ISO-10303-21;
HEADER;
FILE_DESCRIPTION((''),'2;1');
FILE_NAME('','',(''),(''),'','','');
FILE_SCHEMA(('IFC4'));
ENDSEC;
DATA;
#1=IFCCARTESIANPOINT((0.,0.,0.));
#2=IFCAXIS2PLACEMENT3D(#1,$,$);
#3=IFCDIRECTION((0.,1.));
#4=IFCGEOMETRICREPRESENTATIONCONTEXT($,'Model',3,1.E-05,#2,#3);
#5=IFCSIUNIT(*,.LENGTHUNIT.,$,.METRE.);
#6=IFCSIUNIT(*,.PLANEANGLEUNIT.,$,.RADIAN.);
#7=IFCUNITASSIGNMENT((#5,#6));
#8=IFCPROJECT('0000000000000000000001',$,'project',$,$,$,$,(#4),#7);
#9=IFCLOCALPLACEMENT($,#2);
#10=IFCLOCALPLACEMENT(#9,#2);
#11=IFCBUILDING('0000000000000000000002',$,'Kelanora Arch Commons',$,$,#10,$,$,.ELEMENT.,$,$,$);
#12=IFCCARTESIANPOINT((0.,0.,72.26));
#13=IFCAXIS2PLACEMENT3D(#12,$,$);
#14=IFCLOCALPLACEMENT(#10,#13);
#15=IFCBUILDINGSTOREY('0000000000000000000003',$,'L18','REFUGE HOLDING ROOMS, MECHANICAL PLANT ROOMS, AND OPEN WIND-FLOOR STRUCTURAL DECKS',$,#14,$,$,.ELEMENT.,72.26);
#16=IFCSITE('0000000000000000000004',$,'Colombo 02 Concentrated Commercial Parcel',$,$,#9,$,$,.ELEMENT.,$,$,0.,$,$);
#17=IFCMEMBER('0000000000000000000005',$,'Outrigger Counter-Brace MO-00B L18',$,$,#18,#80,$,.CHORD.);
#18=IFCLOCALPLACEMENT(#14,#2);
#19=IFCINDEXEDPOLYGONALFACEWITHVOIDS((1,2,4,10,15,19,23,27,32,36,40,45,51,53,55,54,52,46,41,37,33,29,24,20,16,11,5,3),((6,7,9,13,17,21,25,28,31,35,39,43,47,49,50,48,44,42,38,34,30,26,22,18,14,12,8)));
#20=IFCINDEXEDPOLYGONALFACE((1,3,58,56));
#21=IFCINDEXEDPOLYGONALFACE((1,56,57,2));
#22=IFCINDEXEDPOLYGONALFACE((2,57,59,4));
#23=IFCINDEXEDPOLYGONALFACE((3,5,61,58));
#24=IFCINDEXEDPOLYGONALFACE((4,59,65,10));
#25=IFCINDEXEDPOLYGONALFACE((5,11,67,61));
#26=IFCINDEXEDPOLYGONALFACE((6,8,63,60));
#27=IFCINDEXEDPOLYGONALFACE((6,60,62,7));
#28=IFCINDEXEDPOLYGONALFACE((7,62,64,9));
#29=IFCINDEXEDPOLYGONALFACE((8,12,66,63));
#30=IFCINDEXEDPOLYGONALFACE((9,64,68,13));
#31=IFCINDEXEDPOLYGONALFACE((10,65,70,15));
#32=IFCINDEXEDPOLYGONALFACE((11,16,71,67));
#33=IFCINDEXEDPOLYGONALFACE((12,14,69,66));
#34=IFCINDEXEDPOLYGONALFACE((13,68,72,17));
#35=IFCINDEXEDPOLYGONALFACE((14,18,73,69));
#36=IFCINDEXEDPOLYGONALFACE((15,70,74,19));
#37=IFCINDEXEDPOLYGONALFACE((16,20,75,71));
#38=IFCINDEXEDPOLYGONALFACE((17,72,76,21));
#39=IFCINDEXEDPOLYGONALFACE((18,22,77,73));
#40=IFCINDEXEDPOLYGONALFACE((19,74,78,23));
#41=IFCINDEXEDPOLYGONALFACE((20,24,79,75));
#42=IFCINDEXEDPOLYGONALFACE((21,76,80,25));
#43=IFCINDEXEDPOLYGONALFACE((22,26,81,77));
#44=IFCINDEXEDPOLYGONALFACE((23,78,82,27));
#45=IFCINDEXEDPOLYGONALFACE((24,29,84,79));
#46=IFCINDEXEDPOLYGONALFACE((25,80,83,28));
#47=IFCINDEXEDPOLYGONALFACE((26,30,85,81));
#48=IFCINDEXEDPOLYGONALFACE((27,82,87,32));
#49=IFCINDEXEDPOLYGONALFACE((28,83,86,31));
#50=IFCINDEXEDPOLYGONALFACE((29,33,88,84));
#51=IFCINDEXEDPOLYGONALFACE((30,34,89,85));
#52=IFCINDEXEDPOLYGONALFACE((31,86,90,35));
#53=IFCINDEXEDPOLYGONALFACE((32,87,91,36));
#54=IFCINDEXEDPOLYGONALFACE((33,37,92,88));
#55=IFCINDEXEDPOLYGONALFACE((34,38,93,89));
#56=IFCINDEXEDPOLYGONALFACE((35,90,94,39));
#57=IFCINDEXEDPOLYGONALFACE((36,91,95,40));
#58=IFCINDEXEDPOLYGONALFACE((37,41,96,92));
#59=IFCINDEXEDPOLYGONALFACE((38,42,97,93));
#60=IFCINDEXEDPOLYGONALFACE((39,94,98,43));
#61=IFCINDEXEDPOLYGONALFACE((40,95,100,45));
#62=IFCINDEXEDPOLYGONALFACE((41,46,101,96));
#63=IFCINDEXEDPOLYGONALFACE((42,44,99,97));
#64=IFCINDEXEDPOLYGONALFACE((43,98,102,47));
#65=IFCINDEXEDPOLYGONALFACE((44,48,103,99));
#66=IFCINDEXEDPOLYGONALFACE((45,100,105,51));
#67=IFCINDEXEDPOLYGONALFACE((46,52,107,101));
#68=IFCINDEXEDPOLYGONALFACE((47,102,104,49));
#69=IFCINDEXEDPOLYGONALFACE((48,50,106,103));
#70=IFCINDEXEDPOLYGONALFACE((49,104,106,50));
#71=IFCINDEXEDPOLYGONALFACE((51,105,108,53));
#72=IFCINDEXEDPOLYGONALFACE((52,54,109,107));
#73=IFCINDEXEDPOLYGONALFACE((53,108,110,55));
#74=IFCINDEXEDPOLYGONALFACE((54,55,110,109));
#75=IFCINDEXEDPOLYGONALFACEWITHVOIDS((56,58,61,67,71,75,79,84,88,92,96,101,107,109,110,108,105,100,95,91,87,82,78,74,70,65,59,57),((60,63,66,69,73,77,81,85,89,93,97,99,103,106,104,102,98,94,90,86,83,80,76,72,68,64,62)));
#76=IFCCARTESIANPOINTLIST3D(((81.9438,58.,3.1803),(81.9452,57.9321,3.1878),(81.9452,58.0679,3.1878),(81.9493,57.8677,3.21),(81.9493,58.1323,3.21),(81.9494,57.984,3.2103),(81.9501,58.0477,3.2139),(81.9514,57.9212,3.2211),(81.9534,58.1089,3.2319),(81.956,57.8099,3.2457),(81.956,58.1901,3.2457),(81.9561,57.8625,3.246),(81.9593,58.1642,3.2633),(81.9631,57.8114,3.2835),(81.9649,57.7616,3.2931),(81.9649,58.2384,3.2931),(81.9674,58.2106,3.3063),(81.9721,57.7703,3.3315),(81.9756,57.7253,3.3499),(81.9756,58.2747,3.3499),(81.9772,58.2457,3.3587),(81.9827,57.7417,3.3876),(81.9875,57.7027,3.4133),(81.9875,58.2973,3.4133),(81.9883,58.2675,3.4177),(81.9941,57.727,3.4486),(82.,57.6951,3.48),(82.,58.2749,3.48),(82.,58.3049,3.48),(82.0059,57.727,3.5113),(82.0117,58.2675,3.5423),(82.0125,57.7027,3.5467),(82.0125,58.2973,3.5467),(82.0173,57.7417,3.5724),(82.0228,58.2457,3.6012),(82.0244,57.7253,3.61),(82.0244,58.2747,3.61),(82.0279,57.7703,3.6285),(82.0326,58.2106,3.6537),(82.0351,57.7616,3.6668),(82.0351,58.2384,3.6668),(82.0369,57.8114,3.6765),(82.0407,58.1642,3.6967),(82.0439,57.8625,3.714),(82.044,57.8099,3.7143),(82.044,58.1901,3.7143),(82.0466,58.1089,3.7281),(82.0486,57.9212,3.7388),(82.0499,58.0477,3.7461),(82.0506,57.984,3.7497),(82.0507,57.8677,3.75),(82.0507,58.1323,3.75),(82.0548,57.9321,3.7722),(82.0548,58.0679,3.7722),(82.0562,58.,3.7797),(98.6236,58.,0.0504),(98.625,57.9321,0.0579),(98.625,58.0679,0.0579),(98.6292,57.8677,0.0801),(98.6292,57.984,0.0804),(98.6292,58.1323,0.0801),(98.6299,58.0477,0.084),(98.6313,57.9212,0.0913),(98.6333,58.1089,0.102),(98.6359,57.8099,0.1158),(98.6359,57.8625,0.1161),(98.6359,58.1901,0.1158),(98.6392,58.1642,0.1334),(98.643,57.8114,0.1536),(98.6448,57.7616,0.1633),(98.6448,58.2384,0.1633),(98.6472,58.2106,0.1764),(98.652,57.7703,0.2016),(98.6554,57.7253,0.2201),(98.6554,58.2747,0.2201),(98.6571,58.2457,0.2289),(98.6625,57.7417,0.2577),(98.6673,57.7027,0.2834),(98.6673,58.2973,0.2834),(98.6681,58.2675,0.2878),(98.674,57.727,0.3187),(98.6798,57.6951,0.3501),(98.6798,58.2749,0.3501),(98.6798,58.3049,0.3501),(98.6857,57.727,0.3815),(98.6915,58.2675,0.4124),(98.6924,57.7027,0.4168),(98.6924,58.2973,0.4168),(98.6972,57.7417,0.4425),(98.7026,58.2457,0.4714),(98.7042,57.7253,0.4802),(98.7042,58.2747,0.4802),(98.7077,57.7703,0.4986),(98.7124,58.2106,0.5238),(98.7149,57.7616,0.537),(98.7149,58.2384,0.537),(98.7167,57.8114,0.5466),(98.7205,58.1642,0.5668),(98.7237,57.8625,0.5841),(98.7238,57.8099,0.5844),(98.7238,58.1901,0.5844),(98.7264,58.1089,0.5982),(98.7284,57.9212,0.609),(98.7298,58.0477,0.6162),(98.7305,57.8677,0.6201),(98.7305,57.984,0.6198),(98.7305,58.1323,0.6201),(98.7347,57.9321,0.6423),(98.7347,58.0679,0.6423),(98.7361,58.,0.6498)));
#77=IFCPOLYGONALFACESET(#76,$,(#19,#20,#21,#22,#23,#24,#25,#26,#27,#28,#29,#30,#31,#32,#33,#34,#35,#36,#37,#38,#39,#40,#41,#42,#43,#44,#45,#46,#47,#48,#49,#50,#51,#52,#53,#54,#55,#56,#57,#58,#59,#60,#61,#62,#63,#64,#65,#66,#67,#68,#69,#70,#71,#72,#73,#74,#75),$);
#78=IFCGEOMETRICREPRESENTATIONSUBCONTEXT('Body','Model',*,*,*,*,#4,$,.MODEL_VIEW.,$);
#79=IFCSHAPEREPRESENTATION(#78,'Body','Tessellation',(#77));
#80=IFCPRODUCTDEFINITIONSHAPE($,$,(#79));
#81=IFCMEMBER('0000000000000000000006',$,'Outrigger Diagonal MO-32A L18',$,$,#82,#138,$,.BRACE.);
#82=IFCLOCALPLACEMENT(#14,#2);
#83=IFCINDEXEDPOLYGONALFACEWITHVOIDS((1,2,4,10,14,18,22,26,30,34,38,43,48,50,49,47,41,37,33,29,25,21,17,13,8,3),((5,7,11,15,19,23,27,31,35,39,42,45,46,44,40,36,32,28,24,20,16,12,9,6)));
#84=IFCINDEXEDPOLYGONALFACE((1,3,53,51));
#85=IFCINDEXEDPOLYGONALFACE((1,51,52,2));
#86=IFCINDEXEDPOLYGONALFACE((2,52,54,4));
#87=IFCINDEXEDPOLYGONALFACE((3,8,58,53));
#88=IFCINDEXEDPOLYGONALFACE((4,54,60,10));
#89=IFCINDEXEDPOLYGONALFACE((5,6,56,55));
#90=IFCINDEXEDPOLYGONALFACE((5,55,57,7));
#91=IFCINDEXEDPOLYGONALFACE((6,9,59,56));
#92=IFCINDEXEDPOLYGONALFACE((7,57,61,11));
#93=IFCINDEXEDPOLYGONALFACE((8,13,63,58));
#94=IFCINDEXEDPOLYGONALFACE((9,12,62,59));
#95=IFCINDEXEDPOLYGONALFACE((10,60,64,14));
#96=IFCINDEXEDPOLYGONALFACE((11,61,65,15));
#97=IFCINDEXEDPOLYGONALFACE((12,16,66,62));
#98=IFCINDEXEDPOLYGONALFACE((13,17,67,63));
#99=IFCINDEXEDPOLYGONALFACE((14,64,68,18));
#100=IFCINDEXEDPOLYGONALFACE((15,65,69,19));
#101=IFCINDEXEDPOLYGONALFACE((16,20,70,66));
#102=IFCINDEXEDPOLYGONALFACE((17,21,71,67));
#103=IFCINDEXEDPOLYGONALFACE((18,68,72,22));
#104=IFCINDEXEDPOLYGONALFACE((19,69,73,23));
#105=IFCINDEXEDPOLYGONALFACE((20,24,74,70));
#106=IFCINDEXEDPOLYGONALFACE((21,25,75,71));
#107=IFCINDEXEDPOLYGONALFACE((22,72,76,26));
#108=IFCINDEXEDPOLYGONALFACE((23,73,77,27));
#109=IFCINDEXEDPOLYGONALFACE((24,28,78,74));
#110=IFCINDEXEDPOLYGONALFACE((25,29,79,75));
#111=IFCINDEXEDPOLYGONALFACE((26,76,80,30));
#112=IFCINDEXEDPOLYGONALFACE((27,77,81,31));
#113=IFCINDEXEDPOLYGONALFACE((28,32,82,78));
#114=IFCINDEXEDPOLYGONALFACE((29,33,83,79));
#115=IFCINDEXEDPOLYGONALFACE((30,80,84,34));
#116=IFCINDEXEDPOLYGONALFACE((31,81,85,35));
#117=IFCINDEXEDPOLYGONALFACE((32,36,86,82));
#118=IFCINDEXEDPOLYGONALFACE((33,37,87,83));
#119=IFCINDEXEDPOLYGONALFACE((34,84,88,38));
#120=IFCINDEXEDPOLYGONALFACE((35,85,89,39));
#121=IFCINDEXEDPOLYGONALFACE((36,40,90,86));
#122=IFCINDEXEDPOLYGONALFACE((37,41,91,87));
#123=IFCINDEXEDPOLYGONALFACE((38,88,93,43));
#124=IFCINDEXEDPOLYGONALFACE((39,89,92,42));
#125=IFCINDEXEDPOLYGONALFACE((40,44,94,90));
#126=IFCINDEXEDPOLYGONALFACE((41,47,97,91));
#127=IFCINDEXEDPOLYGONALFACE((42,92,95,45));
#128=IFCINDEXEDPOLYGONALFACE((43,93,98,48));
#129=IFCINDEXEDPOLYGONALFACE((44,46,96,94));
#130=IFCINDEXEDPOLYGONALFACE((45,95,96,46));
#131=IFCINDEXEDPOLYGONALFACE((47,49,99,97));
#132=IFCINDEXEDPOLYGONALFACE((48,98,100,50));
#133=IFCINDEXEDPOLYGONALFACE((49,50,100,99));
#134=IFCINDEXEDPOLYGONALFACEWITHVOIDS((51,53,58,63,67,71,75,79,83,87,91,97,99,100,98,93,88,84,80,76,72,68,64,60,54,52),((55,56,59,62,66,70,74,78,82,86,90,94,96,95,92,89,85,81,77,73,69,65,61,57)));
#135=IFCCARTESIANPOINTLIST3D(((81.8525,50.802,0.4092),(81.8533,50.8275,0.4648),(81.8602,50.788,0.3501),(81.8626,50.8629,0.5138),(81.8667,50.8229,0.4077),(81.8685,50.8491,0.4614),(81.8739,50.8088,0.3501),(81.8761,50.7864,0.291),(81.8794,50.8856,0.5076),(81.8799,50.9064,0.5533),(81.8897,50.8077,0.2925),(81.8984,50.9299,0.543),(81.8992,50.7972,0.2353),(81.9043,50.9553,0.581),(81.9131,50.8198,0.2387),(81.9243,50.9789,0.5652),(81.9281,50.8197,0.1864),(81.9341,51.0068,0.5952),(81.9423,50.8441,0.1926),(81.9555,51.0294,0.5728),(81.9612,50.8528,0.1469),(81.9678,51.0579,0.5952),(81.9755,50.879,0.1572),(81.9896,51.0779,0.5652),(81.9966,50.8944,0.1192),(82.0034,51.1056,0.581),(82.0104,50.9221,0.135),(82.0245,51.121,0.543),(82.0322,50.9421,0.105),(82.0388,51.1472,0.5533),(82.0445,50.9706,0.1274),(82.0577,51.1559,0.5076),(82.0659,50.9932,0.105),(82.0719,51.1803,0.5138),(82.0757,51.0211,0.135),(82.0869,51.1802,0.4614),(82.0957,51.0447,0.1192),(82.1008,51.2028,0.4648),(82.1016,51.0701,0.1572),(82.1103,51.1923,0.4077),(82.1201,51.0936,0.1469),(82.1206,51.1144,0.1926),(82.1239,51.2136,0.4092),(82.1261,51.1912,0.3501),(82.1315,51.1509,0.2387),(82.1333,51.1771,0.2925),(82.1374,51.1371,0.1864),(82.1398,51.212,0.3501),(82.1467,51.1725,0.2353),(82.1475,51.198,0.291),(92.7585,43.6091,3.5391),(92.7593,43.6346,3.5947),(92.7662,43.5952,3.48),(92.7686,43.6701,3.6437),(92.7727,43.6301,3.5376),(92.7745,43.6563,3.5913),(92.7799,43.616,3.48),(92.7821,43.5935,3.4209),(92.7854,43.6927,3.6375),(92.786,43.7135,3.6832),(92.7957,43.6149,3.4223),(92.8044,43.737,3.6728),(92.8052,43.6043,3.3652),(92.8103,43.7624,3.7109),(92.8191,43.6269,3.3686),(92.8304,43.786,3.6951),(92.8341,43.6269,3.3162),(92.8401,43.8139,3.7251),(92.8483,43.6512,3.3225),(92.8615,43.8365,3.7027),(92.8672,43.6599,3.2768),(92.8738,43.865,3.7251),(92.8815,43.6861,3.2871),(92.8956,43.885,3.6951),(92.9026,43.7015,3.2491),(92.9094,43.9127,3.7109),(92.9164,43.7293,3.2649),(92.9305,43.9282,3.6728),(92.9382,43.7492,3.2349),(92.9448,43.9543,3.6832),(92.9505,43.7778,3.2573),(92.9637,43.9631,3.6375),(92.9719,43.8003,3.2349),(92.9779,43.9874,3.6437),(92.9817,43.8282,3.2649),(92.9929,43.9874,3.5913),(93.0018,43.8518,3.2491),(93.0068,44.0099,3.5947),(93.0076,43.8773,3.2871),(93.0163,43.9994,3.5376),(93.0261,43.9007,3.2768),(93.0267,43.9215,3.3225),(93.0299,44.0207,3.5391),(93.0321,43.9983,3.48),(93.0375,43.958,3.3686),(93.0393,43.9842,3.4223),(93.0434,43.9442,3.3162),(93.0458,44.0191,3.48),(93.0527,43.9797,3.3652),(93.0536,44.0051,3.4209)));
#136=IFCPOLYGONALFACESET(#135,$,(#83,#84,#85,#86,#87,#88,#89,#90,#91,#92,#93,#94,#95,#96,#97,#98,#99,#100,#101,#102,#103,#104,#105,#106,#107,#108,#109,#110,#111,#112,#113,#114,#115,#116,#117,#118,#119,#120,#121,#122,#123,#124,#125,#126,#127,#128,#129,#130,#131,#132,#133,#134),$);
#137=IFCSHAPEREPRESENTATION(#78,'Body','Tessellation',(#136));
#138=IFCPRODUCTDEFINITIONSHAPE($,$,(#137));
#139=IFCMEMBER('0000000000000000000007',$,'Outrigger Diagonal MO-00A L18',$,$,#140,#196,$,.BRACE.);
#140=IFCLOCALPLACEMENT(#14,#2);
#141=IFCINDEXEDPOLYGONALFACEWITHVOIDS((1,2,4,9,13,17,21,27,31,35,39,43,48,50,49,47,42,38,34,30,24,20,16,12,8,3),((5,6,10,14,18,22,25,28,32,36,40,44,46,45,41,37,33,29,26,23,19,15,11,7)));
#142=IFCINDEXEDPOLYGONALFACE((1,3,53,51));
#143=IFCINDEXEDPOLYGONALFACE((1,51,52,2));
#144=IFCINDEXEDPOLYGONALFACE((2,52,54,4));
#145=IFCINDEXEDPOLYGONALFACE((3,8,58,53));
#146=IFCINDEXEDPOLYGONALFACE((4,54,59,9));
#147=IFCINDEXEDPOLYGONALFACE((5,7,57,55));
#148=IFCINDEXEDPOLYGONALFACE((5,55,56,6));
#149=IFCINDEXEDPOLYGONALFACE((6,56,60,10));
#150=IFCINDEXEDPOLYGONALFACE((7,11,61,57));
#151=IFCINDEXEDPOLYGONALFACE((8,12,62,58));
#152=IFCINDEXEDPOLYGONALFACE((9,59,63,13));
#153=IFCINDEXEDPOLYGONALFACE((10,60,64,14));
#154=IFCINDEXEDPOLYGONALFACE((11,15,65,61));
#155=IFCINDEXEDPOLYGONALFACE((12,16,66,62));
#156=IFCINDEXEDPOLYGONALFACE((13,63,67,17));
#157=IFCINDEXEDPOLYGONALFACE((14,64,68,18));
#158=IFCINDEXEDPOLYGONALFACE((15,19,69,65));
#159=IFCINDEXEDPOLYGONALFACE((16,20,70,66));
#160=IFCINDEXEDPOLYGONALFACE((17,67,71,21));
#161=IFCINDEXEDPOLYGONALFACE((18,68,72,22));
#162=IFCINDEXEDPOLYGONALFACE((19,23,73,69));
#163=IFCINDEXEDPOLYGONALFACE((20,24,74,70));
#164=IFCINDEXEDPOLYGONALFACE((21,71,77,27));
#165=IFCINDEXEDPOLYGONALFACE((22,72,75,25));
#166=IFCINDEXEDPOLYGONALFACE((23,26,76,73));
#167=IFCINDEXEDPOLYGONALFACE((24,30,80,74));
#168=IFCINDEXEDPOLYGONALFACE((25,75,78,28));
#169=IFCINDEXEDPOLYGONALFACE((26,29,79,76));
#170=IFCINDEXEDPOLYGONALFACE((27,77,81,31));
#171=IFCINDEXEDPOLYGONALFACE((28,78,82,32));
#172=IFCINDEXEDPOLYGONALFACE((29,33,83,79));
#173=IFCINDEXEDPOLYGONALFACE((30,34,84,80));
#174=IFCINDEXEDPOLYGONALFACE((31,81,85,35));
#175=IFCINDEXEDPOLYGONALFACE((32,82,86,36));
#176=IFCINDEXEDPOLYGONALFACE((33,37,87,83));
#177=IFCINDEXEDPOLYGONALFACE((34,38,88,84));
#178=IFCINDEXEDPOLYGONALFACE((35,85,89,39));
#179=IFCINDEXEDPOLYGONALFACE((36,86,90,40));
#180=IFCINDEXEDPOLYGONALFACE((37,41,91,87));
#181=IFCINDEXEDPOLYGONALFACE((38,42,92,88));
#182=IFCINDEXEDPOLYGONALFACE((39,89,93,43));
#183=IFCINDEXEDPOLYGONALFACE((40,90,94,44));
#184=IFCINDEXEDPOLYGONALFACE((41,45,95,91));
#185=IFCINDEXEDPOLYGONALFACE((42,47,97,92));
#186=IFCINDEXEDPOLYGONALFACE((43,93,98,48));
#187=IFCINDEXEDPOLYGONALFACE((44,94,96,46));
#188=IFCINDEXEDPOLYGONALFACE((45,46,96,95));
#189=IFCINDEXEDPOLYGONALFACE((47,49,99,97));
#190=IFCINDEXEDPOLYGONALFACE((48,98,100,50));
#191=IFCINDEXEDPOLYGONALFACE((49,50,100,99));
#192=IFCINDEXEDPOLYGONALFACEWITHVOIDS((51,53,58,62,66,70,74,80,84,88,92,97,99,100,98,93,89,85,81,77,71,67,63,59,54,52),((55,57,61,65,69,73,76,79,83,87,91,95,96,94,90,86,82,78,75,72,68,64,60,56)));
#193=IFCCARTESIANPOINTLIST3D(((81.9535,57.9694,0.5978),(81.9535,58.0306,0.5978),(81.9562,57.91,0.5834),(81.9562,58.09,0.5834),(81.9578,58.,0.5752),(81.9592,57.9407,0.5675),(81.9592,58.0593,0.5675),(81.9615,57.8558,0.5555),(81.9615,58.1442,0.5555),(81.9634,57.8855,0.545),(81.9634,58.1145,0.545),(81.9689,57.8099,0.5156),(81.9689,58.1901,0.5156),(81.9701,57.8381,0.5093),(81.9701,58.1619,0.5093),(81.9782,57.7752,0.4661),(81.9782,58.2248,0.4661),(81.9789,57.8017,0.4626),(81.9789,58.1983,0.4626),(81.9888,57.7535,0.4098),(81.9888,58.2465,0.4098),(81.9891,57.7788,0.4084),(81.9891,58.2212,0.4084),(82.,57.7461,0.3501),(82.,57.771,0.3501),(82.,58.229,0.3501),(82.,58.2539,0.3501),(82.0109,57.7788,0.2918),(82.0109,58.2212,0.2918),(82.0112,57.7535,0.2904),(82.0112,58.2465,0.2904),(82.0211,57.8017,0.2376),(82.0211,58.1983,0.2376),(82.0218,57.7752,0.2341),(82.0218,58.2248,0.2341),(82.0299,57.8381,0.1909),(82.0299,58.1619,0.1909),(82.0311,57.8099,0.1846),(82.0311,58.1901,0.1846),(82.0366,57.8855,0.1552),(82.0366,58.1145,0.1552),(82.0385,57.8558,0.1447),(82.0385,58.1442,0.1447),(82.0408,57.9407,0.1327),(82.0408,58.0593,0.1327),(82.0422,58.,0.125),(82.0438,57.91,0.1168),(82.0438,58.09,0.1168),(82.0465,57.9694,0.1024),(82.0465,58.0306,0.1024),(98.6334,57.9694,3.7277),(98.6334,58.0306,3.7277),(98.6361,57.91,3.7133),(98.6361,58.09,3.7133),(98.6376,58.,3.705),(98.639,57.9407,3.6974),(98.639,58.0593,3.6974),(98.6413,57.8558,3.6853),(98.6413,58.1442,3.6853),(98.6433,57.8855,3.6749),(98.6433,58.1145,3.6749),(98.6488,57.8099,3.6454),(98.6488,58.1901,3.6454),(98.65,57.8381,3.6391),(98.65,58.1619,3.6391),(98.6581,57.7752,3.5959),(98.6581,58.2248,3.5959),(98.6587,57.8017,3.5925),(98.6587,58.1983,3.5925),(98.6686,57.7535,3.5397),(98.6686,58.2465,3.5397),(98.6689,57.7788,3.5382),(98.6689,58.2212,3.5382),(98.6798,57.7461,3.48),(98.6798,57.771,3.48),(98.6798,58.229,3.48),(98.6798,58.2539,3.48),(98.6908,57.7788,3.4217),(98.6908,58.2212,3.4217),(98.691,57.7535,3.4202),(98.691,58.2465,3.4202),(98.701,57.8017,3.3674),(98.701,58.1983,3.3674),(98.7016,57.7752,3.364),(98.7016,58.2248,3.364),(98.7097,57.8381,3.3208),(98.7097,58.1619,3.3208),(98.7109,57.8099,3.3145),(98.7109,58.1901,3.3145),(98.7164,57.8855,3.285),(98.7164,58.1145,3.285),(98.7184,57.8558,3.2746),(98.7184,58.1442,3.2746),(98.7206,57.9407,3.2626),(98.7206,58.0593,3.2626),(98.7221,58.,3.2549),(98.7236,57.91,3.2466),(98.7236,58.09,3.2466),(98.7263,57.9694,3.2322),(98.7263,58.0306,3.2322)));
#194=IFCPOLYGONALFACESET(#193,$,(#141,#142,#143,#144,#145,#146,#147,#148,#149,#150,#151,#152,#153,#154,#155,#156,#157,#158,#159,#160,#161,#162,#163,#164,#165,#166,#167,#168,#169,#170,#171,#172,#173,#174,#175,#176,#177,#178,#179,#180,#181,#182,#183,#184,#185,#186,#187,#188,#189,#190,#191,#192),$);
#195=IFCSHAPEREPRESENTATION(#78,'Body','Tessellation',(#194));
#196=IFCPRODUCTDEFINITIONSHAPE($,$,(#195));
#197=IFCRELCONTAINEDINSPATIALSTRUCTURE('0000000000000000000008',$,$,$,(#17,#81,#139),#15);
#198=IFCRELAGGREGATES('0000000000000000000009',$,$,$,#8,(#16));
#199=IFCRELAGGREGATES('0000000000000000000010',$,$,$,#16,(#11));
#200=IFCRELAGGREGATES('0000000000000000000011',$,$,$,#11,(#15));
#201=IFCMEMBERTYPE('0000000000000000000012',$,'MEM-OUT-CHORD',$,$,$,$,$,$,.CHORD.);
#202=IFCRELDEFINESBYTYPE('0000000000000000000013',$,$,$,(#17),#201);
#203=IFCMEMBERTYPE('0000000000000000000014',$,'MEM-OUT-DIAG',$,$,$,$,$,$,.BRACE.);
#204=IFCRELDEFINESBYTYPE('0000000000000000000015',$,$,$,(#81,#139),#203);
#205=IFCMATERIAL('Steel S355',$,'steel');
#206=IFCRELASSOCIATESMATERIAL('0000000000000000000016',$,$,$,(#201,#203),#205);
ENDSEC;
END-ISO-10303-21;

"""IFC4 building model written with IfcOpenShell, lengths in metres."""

from ifc_helpers import new_model, si_unit, direction, frame, origin, origin_2d, place, context, subcontext, project, spatial, hollow_circle, extrude, material, material_profile, profile_set, type_object, element, save


model = new_model("IFC4")

# Units and contexts
model_context = context("Model", 3, precision=1e-05, world=origin(), true_north=direction((0.0, 1.0)))
body_context = subcontext(model_context, "Body", "Model", "MODEL_VIEW")
ifc_project = project(units=[si_unit("LENGTHUNIT", "METRE"), si_unit("PLANEANGLEUNIT", "RADIAN")], contexts=[model_context])

# Site, building, storey
site_placement = place(None, origin())
site = spatial("IfcSite", under=ifc_project, at=site_placement, Name="Colombo 02 Concentrated Commercial Parcel", CompositionType="ELEMENT", RefElevation=0.0)
building_placement = place(site_placement, origin())
building = spatial("IfcBuilding", under=site, at=building_placement, Name="Kelanora Arch Commons", CompositionType="ELEMENT")
storey_placement = place(building_placement, frame((0.0, 0.0, 72.26)))
storey = spatial("IfcBuildingStorey", under=building, at=storey_placement, Name="L18", Description="REFUGE HOLDING ROOMS, MECHANICAL PLANT ROOMS, AND OPEN WIND-FLOOR STRUCTURAL DECKS", CompositionType="ELEMENT", Elevation=72.26)

# Shared definitions
ifc_material_1 = material(Name="Steel S355", Category="steel")

# Members
ifc_material_profile_1 = material_profile(ifc_material_1, hollow_circle(Radius=0.3049, WallThickness=0.03, at=origin_2d()), Name="CHS610x30")
ifc_profile_set_1 = profile_set([ifc_material_profile_1], Name="Steel S355")
member_type_1 = type_object("IfcMemberType", Name="MEM-OUT-CHORD", PredefinedType="CHORD", material=ifc_profile_set_1)
member_1_placement = place(storey_placement, frame((82.0, 58.0, 3.48), z_axis=(0.982847, 0.0, -0.184425), x_axis=(0.0, 1.0, 0.0)))
element("IfcMember", 1, at=member_1_placement, inside=storey, type_object=member_type_1, Name="Outrigger Counter-Brace MO-00B L18", PredefinedType="CHORD", context=body_context, shape_type="SweptSolid", body=[
    extrude(hollow_circle(Radius=0.3049, WallThickness=0.03, at=origin_2d()), origin(), (0.0, 0.0, 1.0), 16.9709),
])
ifc_material_profile_2 = material_profile(ifc_material_1, hollow_circle(Radius=0.2539, WallThickness=0.0249, at=origin_2d()), Name="CHS508x25")
ifc_profile_set_2 = profile_set([ifc_material_profile_2], Name="Steel S355")
member_type_2 = type_object("IfcMemberType", Name="MEM-OUT-DIAG", PredefinedType="BRACE", material=ifc_profile_set_2)
member_2_placement = place(storey_placement, frame((82.0, 51.0, 0.3501), z_axis=(0.811816, -0.53542, 0.232981), x_axis=(0.550571, 0.834789, 0.0)))
element("IfcMember", 2, at=member_2_placement, inside=storey, type_object=member_type_2, Name="Outrigger Diagonal MO-32A L18", PredefinedType="BRACE", context=body_context, shape_type="SweptSolid", body=[
    extrude(hollow_circle(Radius=0.2539, WallThickness=0.0249, at=origin_2d()), origin(), (0.0, 0.0, 1.0), 13.4341),
])
member_3_placement = place(storey_placement, frame((82.0, 58.0, 0.3501), z_axis=(0.982847, 0.0, 0.184425), x_axis=(0.0, 1.0, 0.0)))
element("IfcMember", 3, at=member_3_placement, inside=storey, type_object=member_type_2, Name="Outrigger Diagonal MO-00A L18", PredefinedType="BRACE", context=body_context, shape_type="SweptSolid", body=[
    extrude(hollow_circle(Radius=0.2539, WallThickness=0.0249, at=origin_2d()), origin(), (0.0, 0.0, 1.0), 16.9709),
])

save(model, "model.ifc")
